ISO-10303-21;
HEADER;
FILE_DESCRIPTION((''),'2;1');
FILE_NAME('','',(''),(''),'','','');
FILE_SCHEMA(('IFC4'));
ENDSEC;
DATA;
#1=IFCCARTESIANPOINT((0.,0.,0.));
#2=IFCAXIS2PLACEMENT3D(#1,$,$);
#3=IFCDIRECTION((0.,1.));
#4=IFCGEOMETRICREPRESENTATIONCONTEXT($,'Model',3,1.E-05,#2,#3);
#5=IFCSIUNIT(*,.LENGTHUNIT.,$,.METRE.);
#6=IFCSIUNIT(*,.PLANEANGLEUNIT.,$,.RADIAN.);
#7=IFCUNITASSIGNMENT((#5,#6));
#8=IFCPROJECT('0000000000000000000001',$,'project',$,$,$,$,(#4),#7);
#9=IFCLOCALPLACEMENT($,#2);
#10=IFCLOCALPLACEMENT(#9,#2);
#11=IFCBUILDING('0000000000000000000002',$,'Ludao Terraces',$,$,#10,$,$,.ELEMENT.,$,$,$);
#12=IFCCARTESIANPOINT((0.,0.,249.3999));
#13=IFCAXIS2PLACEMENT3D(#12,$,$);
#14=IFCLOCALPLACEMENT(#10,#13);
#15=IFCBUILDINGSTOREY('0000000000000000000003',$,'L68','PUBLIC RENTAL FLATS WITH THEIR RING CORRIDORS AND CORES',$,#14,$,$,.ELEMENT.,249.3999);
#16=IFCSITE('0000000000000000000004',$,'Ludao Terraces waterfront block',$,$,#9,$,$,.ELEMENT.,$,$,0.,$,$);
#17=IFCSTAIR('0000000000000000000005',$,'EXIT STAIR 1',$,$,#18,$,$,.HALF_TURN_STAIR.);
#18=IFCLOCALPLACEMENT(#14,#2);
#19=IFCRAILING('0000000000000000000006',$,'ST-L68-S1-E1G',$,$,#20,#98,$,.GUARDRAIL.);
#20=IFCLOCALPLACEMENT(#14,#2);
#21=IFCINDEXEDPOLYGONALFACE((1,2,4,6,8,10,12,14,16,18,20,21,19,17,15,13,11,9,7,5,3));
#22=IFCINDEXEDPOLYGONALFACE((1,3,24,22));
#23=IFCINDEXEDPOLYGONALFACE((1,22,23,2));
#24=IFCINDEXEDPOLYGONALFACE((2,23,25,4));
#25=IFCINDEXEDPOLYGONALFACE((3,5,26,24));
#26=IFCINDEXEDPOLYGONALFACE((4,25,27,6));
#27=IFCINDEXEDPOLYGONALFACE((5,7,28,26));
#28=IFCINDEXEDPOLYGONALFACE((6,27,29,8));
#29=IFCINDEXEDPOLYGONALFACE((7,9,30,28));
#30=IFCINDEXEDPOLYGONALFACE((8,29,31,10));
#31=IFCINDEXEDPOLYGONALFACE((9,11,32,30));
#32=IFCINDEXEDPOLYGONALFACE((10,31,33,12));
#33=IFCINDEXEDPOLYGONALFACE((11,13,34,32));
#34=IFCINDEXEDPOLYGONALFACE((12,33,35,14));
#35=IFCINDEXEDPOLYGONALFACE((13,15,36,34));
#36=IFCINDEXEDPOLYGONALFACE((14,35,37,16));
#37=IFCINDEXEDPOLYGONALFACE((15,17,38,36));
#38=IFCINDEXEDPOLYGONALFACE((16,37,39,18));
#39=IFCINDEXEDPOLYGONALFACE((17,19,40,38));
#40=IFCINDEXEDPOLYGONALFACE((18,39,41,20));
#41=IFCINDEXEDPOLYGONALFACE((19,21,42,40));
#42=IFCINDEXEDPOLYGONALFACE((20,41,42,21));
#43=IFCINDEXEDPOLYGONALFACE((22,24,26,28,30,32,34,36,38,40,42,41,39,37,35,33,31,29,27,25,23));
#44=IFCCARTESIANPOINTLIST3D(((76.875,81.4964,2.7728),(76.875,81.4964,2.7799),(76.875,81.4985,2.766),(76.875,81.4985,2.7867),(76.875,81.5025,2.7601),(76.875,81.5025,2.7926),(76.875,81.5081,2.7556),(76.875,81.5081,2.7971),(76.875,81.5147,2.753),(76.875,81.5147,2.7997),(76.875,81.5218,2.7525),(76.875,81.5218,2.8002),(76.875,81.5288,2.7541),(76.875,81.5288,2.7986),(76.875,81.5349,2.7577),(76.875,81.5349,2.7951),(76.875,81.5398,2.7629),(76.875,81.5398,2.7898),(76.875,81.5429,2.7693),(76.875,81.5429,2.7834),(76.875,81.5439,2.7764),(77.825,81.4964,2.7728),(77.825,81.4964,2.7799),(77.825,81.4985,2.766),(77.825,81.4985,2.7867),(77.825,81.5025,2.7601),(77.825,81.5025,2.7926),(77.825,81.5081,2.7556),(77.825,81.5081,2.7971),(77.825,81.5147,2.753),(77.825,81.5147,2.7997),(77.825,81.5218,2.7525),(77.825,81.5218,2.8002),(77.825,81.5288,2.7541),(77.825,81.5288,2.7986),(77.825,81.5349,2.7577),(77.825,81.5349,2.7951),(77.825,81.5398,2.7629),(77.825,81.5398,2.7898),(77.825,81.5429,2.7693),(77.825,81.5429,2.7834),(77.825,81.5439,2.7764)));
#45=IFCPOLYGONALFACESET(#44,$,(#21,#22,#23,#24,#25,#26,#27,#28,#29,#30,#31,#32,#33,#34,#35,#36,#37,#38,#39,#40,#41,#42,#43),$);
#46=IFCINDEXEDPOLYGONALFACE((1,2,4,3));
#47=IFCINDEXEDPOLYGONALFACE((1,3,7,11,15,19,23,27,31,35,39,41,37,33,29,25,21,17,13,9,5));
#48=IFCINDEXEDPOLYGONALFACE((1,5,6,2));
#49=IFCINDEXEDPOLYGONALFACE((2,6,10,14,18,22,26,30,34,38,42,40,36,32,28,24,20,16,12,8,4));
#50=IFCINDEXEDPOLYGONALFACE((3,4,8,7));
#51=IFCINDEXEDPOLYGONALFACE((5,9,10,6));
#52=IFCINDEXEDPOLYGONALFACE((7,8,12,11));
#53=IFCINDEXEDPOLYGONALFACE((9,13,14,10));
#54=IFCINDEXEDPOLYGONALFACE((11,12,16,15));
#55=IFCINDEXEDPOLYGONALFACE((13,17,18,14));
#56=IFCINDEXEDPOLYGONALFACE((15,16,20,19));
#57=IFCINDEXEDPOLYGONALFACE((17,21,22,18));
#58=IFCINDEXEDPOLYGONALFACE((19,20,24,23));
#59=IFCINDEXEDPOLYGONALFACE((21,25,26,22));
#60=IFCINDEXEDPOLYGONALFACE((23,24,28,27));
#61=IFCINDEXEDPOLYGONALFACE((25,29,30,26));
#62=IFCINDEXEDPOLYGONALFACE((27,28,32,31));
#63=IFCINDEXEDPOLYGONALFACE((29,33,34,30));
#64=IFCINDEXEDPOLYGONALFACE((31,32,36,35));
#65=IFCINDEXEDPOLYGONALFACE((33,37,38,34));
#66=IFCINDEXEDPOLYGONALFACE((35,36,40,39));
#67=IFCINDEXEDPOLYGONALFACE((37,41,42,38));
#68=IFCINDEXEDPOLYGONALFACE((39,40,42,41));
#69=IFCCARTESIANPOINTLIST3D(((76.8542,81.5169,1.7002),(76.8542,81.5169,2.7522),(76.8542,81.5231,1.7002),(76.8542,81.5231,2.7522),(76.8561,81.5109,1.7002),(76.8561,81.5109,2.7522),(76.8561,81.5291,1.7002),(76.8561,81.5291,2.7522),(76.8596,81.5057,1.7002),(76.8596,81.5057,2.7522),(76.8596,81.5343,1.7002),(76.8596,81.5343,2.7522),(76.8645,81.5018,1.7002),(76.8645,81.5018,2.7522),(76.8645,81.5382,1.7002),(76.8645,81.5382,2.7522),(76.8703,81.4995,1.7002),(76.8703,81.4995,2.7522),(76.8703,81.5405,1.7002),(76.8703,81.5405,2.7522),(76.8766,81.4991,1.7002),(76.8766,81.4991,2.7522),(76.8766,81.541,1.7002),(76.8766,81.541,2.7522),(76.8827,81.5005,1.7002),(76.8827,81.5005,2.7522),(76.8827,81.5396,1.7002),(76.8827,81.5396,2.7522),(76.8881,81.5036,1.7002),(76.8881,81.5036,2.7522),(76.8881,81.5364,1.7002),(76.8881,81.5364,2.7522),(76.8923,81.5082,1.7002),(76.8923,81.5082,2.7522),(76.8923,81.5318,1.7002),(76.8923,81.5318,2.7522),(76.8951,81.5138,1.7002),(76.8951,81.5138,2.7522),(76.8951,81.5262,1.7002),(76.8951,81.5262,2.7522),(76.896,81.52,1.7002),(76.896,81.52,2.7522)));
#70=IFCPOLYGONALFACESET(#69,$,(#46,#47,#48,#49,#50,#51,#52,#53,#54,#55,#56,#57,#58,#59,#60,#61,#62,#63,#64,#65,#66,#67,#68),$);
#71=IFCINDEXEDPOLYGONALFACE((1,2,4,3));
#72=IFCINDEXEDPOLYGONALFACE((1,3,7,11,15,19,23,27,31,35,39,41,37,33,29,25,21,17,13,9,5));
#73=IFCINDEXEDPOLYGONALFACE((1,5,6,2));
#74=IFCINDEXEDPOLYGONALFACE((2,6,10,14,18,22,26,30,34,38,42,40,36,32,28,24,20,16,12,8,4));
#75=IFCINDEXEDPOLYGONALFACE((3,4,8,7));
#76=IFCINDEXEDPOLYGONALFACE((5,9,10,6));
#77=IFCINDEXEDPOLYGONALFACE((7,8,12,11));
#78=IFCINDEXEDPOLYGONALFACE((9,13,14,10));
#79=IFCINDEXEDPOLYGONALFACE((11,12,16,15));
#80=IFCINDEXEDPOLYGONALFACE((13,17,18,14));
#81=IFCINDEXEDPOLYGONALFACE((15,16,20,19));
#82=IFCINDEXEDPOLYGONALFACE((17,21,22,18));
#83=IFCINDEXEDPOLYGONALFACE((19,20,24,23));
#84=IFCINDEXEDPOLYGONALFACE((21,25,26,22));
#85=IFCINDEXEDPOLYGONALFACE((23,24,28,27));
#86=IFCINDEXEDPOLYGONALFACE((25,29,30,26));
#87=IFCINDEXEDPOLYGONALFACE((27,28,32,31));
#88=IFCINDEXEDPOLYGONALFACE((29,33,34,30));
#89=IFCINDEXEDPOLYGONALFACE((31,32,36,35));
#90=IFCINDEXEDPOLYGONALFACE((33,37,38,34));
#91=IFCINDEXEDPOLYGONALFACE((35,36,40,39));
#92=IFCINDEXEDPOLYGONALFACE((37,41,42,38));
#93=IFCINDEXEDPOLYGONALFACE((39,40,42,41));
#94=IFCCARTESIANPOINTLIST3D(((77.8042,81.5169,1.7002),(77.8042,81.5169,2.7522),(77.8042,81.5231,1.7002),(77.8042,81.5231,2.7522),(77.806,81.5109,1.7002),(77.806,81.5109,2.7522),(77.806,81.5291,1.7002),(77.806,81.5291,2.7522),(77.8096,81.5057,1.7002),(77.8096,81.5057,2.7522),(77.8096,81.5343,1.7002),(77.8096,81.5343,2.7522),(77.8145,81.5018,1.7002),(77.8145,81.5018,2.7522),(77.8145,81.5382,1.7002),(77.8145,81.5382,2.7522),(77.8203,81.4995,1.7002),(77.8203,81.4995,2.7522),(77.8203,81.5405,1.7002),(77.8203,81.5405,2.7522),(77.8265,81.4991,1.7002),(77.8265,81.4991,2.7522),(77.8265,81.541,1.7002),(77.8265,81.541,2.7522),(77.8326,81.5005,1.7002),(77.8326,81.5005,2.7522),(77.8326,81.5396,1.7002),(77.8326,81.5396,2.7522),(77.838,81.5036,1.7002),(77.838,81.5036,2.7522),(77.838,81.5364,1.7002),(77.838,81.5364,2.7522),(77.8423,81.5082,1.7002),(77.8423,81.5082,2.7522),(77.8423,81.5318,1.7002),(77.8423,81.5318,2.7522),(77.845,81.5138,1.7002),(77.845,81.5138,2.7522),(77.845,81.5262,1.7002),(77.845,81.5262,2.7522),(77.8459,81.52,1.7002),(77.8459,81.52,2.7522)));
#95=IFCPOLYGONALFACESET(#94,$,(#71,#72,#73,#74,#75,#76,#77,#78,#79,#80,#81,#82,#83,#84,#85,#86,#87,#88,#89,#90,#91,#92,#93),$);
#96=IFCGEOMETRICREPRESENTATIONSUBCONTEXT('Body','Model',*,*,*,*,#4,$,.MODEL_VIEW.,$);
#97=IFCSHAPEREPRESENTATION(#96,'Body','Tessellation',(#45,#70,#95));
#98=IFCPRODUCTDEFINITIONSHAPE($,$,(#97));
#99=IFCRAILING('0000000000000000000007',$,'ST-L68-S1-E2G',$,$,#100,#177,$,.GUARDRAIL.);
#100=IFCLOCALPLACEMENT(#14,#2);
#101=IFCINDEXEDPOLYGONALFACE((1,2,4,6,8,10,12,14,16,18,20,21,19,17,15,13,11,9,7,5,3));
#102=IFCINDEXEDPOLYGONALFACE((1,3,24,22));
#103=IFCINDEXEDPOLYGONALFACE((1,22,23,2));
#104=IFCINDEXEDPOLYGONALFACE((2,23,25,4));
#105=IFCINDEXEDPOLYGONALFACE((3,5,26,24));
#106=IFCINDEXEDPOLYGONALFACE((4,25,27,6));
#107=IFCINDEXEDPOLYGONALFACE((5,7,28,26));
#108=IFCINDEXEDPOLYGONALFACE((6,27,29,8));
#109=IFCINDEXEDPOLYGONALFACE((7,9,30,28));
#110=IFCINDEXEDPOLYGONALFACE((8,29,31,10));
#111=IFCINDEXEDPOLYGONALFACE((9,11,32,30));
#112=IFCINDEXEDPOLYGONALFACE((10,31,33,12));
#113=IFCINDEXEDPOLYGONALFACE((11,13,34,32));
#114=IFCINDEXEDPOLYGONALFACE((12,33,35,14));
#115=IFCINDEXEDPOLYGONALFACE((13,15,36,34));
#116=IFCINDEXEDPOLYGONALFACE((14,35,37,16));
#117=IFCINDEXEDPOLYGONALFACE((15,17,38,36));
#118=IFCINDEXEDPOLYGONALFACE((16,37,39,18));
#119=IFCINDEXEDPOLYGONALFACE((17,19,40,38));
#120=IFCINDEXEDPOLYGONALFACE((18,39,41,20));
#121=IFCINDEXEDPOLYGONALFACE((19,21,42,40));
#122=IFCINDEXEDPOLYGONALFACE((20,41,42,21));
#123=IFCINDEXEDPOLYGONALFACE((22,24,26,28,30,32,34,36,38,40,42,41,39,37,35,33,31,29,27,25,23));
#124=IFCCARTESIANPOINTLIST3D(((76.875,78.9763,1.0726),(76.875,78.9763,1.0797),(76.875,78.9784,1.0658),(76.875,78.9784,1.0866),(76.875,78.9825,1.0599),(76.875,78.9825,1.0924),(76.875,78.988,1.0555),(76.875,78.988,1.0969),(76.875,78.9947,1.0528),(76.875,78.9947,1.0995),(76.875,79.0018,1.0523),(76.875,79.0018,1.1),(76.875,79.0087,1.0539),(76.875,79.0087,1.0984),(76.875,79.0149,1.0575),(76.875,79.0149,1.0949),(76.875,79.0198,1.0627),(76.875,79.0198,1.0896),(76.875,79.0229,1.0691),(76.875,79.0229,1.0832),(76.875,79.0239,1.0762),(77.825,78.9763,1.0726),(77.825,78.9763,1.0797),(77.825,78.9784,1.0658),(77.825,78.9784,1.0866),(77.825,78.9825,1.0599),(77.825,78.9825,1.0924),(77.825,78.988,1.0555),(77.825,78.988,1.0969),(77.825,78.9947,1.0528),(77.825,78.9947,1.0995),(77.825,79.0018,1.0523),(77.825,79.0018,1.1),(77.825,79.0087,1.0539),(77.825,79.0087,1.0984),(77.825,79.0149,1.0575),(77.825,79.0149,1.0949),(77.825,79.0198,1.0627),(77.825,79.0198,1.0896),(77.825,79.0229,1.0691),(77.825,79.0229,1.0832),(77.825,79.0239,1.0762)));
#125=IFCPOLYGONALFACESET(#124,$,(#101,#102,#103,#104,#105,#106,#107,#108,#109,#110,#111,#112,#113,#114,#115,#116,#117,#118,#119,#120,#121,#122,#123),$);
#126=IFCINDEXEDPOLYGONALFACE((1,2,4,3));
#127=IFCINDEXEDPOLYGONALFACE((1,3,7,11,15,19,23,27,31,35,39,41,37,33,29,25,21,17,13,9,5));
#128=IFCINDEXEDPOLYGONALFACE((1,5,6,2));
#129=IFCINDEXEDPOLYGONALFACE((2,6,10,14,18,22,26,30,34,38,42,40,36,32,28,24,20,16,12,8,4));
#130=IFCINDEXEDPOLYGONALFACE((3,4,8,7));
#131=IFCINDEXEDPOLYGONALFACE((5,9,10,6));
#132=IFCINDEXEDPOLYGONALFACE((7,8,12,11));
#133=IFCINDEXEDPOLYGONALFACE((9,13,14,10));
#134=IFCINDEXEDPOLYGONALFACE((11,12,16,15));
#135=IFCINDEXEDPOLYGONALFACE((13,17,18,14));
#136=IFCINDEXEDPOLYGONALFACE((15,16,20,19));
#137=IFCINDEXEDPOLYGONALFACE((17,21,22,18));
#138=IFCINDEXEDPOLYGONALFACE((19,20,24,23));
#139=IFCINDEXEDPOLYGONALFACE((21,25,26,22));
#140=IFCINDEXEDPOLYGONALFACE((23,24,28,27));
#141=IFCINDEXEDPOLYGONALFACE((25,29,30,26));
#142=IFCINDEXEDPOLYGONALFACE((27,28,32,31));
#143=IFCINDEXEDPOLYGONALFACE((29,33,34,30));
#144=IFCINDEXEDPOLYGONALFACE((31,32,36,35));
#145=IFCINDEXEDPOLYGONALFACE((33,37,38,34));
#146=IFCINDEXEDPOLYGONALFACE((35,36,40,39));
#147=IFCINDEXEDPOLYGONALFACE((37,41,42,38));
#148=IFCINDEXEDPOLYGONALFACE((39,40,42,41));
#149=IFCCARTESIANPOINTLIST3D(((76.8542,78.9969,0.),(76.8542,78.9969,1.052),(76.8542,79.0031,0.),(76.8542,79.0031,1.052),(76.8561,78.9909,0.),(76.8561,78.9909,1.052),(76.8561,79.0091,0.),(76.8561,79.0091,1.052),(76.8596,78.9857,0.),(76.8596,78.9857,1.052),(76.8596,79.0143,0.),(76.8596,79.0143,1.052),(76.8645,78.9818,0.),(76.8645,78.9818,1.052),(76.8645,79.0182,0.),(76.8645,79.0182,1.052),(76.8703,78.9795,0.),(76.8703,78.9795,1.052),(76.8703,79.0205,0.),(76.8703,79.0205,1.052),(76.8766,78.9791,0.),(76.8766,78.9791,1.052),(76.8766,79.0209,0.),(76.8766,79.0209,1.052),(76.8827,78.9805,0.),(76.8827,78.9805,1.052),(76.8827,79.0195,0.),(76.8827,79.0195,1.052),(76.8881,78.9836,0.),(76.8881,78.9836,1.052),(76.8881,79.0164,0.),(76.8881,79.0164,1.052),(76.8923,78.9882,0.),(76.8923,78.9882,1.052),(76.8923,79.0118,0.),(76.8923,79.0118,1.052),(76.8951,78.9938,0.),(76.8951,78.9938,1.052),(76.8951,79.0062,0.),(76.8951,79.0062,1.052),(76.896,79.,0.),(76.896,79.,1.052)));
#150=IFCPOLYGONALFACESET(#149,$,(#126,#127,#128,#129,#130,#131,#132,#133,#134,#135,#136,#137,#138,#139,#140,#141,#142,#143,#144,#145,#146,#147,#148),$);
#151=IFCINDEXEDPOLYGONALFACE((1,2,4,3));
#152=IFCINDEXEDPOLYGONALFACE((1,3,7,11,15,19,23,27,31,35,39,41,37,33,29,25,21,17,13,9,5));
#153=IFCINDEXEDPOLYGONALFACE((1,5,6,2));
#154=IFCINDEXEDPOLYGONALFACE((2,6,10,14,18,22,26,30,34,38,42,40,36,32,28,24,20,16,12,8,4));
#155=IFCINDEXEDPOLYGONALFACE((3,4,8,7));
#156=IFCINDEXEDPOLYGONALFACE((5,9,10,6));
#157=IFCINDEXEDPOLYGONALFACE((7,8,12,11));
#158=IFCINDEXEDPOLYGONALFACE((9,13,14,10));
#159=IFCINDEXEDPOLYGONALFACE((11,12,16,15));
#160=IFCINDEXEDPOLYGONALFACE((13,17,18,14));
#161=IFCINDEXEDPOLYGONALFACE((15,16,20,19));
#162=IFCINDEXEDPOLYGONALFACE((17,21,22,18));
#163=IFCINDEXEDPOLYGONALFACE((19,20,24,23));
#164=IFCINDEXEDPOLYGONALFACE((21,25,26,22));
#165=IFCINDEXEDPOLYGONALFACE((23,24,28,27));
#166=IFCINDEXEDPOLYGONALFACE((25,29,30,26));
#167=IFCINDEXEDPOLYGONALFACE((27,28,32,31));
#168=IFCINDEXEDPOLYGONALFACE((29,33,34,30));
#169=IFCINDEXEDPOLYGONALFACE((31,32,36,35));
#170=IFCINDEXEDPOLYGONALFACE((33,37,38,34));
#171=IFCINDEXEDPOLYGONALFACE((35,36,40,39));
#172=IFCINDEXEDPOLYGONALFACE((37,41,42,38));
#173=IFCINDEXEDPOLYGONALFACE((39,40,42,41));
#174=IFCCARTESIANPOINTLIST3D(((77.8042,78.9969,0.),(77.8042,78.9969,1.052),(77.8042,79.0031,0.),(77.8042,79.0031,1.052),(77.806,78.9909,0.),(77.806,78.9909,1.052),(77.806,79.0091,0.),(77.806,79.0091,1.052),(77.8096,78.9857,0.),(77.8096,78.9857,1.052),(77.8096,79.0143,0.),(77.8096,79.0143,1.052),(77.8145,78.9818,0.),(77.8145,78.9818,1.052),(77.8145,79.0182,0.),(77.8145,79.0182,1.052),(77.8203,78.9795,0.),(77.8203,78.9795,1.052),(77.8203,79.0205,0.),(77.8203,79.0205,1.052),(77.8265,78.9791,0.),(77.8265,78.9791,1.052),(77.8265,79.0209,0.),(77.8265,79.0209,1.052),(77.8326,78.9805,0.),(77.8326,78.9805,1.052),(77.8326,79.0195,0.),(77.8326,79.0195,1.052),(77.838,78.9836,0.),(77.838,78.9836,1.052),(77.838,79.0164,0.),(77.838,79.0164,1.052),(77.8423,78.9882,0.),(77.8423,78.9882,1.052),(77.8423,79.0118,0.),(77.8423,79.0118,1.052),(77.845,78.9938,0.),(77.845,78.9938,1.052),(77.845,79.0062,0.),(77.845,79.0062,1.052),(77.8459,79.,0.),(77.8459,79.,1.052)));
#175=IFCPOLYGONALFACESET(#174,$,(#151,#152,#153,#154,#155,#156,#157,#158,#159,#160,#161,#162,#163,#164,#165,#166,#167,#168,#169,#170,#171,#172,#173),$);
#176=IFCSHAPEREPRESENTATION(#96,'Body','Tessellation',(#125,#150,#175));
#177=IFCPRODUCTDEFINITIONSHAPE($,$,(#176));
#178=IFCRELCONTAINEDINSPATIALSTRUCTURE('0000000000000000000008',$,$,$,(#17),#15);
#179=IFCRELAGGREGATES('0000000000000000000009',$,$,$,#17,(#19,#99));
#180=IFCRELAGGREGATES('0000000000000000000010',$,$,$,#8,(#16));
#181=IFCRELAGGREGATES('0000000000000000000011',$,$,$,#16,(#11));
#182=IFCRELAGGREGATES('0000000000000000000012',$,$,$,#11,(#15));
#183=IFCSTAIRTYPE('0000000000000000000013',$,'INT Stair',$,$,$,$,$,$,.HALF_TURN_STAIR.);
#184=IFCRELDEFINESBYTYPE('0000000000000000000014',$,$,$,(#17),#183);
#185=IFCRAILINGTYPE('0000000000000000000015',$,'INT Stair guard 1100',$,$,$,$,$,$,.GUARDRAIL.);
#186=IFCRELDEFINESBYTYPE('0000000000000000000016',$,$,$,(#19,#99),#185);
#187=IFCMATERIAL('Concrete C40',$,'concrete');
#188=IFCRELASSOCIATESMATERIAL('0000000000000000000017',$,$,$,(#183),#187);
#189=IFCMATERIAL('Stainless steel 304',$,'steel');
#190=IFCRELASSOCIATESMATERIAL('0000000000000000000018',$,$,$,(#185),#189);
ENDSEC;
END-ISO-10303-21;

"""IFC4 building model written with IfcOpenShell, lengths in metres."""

from ifc_helpers import new_model, si_unit, direction, frame, origin, origin_2d, place, context, subcontext, project, spatial, circle, extrude, material, type_object, element, aggregate, save


model = new_model("IFC4")

# Units and contexts
model_context = context("Model", 3, precision=1e-05, world=origin(), true_north=direction((0.0, 1.0)))
body_context = subcontext(model_context, "Body", "Model", "MODEL_VIEW")
ifc_project = project(units=[si_unit("LENGTHUNIT", "METRE"), si_unit("PLANEANGLEUNIT", "RADIAN")], contexts=[model_context])

# Site, building, storey
site_placement = place(None, origin())
site = spatial("IfcSite", under=ifc_project, at=site_placement, Name="Ludao Terraces waterfront block", CompositionType="ELEMENT", RefElevation=0.0)
building_placement = place(site_placement, origin())
building = spatial("IfcBuilding", under=site, at=building_placement, Name="Ludao Terraces", CompositionType="ELEMENT")
storey_placement = place(building_placement, frame((0.0, 0.0, 249.3999)))
storey = spatial("IfcBuildingStorey", under=building, at=storey_placement, Name="L68", Description="PUBLIC RENTAL FLATS WITH THEIR RING CORRIDORS AND CORES", CompositionType="ELEMENT", Elevation=249.3999)

# Shared definitions
ifc_material_1 = material(Name="Stainless steel 304", Category="steel")

# Stair, railings
ifc_material_2 = material(Name="Concrete C40", Category="concrete")
stair_type = type_object("IfcStairType", Name="INT Stair", PredefinedType="HALF_TURN_STAIR", material=ifc_material_2)
stair_placement = place(storey_placement, origin())
stair = element("IfcStair", 1, at=stair_placement, inside=storey, type_object=stair_type, Name="EXIT STAIR 1", PredefinedType="HALF_TURN_STAIR")
railing_type_1 = type_object("IfcRailingType", Name="INT Stair guard 1100", PredefinedType="GUARDRAIL", material=ifc_material_1)
railing_1_placement = place(storey_placement, frame((76.875, 81.52, 1.7002)))
railing_1 = element("IfcRailing", 2, at=railing_1_placement, type_object=railing_type_1, Name="ST-L68-S1-E1G", PredefinedType="GUARDRAIL", context=body_context, shape_type="SweptSolid", body=[
    extrude(circle(Radius=0.0239, at=origin_2d()), frame((0.0, 0.0, 1.0762), z_axis=(1.0, 0.0, 0.0), x_axis=(0.0, 1.0, 0.0)), (0.0, 0.0, 1.0), 0.95),
    extrude(circle(Radius=0.021, at=origin_2d()), origin(), (0.0, 0.0, 1.0), 1.052),
    extrude(circle(Radius=0.021, at=origin_2d()), frame((0.95, 0.0, 0.0)), (0.0, 0.0, 1.0), 1.052),
])
railing_2_placement = place(storey_placement, frame((76.875, 79.0, 0.0)))
railing_2 = element("IfcRailing", 3, at=railing_2_placement, type_object=railing_type_1, Name="ST-L68-S1-E2G", PredefinedType="GUARDRAIL", context=body_context, shape_type="SweptSolid", body=[
    extrude(circle(Radius=0.0239, at=origin_2d()), frame((0.0, 0.0, 1.0762), z_axis=(1.0, 0.0, 0.0), x_axis=(0.0, 1.0, 0.0)), (0.0, 0.0, 1.0), 0.95),
    extrude(circle(Radius=0.021, at=origin_2d()), origin(), (0.0, 0.0, 1.0), 1.052),
    extrude(circle(Radius=0.021, at=origin_2d()), frame((0.95, 0.0, 0.0)), (0.0, 0.0, 1.0), 1.052),
])
aggregate(stair, [railing_1, railing_2])

save(model, "model.ifc")
